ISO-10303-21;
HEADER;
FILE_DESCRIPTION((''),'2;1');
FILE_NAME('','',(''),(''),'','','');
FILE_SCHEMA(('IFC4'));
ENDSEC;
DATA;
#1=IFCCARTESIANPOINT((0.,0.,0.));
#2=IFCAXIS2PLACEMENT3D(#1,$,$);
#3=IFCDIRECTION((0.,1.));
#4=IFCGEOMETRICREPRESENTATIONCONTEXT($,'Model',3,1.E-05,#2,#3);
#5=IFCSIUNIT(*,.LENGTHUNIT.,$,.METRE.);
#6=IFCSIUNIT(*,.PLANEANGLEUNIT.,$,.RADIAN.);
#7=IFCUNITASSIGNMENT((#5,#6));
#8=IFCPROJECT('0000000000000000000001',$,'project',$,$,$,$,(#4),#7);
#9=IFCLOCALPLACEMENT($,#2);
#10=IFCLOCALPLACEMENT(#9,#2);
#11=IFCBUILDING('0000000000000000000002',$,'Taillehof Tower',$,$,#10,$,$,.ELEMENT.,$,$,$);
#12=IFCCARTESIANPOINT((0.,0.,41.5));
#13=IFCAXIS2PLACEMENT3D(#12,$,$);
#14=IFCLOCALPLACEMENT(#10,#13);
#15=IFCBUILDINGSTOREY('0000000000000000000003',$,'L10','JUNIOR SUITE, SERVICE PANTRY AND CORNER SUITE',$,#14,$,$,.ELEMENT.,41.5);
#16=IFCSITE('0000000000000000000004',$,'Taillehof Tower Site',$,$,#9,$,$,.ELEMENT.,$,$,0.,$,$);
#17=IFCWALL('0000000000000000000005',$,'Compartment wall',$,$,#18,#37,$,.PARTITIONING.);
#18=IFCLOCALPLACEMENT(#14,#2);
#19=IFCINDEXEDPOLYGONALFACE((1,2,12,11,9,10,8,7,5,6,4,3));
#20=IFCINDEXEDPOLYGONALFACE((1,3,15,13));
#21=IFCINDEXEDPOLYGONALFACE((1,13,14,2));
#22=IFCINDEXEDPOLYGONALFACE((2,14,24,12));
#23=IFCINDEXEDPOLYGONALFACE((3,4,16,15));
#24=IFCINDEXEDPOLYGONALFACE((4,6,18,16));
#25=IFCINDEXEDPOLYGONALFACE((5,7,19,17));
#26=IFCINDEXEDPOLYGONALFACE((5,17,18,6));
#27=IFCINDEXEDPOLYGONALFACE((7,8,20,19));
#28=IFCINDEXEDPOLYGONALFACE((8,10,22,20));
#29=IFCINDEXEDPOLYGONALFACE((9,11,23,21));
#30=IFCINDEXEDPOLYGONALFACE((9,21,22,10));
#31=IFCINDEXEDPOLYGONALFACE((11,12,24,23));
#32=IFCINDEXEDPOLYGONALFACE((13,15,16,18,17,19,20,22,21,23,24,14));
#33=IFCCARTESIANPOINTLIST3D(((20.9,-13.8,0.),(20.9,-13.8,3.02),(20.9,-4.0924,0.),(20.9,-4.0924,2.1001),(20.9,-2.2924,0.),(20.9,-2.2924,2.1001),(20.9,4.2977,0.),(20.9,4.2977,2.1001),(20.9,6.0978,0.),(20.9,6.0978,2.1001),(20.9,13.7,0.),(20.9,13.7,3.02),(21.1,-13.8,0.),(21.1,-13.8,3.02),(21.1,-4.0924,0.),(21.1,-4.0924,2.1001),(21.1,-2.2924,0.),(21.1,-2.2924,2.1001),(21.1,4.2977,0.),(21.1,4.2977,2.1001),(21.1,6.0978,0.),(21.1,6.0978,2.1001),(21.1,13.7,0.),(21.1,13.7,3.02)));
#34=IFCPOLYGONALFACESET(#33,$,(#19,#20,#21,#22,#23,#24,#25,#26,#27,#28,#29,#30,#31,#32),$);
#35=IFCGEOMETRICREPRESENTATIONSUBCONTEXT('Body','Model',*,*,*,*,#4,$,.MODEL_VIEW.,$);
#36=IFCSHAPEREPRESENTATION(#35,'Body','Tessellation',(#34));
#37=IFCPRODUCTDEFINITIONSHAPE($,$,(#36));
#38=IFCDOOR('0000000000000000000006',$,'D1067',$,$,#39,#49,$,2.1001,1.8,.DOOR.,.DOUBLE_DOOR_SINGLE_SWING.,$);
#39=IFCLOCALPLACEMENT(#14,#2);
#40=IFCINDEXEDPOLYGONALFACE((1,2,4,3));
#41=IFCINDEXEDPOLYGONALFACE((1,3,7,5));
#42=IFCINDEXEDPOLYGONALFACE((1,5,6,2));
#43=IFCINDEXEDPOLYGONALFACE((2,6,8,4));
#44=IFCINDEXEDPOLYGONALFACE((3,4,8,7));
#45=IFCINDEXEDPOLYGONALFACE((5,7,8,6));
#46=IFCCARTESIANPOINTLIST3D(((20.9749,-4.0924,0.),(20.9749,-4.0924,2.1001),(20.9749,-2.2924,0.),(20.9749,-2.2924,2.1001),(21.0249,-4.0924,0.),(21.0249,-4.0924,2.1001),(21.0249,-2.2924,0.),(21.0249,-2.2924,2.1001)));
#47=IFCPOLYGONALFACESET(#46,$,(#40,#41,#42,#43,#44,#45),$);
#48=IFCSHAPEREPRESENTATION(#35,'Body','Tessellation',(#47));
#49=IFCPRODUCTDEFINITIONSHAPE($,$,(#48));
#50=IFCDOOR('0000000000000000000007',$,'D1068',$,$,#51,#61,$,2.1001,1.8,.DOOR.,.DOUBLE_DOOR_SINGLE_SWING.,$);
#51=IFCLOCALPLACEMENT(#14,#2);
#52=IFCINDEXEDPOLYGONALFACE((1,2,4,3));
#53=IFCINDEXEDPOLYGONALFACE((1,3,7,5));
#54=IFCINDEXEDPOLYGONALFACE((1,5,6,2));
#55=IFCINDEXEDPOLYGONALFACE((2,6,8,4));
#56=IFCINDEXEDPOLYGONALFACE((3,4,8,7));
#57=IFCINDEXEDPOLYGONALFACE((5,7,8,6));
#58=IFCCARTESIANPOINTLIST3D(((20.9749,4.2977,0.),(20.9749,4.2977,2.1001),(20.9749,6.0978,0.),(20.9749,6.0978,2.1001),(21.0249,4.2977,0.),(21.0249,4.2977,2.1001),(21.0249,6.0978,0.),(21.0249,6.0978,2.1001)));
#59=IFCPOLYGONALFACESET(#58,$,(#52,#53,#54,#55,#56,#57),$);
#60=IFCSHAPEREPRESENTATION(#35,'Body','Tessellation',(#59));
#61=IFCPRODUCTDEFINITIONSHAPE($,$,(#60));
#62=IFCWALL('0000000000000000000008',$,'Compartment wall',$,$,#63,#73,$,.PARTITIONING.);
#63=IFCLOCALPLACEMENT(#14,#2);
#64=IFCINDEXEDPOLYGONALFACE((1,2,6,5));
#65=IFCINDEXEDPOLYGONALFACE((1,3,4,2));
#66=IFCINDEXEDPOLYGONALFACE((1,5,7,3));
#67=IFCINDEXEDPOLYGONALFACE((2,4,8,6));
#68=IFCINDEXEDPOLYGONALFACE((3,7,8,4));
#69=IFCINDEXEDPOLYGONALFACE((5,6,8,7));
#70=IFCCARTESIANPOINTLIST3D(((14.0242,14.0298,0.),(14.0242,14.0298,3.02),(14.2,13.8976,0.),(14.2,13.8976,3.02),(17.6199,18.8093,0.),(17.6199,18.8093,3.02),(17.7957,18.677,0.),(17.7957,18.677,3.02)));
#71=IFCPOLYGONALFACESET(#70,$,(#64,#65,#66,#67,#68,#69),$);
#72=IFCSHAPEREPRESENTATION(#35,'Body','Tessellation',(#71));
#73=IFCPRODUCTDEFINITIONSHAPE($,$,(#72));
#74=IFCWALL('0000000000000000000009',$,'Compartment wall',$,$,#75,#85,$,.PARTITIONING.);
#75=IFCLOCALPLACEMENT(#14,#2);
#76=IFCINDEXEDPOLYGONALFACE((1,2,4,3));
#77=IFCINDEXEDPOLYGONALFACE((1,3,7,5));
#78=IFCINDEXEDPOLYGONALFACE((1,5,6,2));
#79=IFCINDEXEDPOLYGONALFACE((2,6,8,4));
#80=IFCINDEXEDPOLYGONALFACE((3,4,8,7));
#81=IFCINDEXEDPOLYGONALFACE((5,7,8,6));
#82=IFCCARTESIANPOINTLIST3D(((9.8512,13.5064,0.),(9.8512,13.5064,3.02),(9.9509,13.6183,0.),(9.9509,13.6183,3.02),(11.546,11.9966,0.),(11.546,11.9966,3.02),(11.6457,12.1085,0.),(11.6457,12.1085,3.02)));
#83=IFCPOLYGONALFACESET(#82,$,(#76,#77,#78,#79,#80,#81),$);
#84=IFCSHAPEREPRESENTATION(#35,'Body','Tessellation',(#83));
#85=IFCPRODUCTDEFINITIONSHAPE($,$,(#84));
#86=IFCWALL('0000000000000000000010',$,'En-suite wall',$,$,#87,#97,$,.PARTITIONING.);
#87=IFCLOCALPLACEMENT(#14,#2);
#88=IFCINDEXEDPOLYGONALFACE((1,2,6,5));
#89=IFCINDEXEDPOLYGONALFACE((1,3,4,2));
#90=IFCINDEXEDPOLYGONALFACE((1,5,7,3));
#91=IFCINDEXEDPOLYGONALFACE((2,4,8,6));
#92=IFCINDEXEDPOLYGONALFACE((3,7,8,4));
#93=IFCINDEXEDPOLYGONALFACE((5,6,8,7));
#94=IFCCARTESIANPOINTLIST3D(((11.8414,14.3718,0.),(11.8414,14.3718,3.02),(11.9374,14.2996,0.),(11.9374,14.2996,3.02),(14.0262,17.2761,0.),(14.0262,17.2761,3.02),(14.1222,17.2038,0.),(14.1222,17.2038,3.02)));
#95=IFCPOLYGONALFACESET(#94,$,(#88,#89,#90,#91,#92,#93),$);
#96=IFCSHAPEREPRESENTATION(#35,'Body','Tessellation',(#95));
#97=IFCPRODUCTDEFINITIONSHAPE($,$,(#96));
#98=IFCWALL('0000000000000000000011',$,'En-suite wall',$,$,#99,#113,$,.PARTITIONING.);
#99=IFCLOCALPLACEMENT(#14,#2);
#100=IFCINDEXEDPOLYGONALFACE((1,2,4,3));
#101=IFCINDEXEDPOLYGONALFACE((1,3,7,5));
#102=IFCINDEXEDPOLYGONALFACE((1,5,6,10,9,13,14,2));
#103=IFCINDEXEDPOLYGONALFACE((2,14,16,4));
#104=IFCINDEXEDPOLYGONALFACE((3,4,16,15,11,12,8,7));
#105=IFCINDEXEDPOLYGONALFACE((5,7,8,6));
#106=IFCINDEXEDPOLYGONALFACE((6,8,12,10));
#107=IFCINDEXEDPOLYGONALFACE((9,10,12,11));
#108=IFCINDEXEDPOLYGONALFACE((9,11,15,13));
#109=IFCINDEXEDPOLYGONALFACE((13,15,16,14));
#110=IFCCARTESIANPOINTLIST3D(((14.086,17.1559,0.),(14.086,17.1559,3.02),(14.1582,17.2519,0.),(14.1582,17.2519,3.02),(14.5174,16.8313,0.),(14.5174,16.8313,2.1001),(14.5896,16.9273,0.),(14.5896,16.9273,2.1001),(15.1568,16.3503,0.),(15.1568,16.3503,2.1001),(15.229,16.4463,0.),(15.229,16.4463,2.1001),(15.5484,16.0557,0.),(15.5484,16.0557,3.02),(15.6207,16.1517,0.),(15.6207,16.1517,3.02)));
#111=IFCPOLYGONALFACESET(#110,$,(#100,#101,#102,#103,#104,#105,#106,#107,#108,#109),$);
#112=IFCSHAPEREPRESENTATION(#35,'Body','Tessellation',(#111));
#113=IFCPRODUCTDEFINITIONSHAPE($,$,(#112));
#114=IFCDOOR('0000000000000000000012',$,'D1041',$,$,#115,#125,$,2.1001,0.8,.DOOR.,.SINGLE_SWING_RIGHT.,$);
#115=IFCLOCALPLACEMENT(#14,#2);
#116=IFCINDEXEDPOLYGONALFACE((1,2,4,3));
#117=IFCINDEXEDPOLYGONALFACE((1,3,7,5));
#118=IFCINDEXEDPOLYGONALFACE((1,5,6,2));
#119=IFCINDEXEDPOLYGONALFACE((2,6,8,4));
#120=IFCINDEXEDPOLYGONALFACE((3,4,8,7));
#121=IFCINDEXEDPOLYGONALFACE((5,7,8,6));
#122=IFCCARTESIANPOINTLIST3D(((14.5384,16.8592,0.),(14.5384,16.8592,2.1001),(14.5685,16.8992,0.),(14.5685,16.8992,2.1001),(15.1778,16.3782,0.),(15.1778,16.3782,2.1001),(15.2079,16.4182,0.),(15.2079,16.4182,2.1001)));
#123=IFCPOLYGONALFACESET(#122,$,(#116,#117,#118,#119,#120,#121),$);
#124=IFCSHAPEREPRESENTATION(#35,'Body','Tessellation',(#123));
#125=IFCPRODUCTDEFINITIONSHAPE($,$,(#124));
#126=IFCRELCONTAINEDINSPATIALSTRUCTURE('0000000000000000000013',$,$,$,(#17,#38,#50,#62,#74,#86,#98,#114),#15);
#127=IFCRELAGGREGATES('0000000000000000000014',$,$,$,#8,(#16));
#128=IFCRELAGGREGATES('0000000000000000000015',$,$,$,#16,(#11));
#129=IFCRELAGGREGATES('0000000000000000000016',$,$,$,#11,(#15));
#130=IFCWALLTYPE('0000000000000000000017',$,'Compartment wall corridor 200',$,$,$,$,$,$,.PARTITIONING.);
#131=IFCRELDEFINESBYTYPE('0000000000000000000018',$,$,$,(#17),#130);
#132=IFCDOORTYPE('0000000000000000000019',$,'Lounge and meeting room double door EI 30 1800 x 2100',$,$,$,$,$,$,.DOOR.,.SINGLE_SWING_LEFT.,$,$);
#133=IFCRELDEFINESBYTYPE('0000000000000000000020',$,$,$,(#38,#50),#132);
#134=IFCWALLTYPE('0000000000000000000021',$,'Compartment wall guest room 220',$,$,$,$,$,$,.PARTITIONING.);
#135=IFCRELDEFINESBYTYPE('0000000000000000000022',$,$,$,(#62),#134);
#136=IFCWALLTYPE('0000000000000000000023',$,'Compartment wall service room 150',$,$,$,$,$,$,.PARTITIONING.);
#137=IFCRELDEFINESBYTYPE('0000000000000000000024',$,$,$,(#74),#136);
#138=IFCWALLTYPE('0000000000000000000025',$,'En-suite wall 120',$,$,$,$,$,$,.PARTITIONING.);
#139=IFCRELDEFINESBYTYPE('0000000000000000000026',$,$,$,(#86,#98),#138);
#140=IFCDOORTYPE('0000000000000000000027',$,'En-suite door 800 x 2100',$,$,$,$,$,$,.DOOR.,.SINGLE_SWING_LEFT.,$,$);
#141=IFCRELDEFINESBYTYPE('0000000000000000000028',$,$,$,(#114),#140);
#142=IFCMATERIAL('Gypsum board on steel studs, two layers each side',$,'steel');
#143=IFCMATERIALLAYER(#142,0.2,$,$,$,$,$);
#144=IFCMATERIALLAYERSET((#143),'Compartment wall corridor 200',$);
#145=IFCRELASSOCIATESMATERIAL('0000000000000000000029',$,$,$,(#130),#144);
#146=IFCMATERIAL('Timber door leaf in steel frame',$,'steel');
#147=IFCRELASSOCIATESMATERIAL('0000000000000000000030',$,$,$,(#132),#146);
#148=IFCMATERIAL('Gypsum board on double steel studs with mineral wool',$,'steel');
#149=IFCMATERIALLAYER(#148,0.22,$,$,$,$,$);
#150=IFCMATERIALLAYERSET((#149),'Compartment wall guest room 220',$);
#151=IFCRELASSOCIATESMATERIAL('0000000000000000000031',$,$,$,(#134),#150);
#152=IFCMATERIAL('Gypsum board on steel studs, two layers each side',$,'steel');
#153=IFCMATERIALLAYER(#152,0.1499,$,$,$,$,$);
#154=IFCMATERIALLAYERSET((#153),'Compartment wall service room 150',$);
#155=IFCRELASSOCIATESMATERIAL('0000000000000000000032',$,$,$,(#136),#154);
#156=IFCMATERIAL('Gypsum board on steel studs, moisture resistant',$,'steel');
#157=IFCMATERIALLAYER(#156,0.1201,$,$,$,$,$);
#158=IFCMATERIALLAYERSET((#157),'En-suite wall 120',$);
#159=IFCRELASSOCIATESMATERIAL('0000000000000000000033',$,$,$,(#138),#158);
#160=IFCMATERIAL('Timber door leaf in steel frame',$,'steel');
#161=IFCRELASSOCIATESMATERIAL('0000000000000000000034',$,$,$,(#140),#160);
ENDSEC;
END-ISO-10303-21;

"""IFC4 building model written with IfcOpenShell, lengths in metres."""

from ifc_helpers import new_model, si_unit, direction, frame, frame_2d, origin, place, context, subcontext, project, spatial, rectangle, extrude, material, layer, layer_set, type_object, element, fill, save


model = new_model("IFC4")

# Units and contexts
model_context = context("Model", 3, precision=1e-05, world=origin(), true_north=direction((0.0, 1.0)))
body_context = subcontext(model_context, "Body", "Model", "MODEL_VIEW")
ifc_project = project(units=[si_unit("LENGTHUNIT", "METRE"), si_unit("PLANEANGLEUNIT", "RADIAN")], contexts=[model_context])

# Site, building, storey
site_placement = place(None, origin())
site = spatial("IfcSite", under=ifc_project, at=site_placement, Name="Taillehof Tower Site", CompositionType="ELEMENT", RefElevation=0.0)
building_placement = place(site_placement, origin())
building = spatial("IfcBuilding", under=site, at=building_placement, Name="Taillehof Tower", CompositionType="ELEMENT")
storey_placement = place(building_placement, frame((0.0, 0.0, 41.5)))
storey = spatial("IfcBuildingStorey", under=building, at=storey_placement, Name="L10", Description="JUNIOR SUITE, SERVICE PANTRY AND CORNER SUITE", CompositionType="ELEMENT", Elevation=41.5)

# Shared definitions
ifc_material_1 = material(Name="Gypsum board on steel studs, two layers each side", Category="steel")
ifc_layer_1 = layer(ifc_material_1, 0.2)
ifc_layer_set_1 = layer_set([ifc_layer_1], Name="Compartment wall corridor 200")
wall_type_1 = type_object("IfcWallType", Name="Compartment wall corridor 200", PredefinedType="PARTITIONING", material=ifc_layer_set_1)

# Shared definitions
ifc_material_2 = material(Name="Timber door leaf in steel frame", Category="steel")
door_type_1 = type_object("IfcDoorType", Name="Lounge and meeting room double door EI 30 1800 x 2100", OperationType="SINGLE_SWING_LEFT", PredefinedType="DOOR", material=ifc_material_2)

# Wall, openings, doors
wall_1_placement = place(storey_placement, frame((21.0, 13.7, 0.0), z_axis=(0.0, 0.0, 1.0), x_axis=(0.0, -1.0, 0.0)))
wall_1 = element("IfcWall", 1, at=wall_1_placement, inside=storey, type_object=wall_type_1, Name="Compartment wall", PredefinedType="PARTITIONING", context=body_context, shape_type="SweptSolid", body=[
    extrude(rectangle(XDim=27.5, YDim=0.2, at=frame_2d((13.75, 0.0))), origin(), (0.0, 0.0, 1.0), 3.02),
])
opening_1_placement = place(wall_1_placement, frame((15.9924, 0.0, 0.0)))
opening_1 = element("IfcOpeningElement", 2, at=opening_1_placement, cuts=wall_1, PredefinedType="OPENING", context=body_context, shape_type="SweptSolid", body=[
    extrude(rectangle(XDim=1.8, YDim=2.1001, at=frame_2d((0.8999, 1.05))), frame((0.0, 0.1099, 0.0), z_axis=(0.0, -1.0, 0.0), x_axis=(1.0, 0.0, 0.0)), (0.0, 0.0, 1.0), 0.22),
])
opening_2_placement = place(wall_1_placement, frame((7.6023, 0.0, 0.0)))
opening_2 = element("IfcOpeningElement", 3, at=opening_2_placement, cuts=wall_1, PredefinedType="OPENING", context=body_context, shape_type="SweptSolid", body=[
    extrude(rectangle(XDim=1.8, YDim=2.1001, at=frame_2d((0.8999, 1.05))), frame((0.0, 0.1099, 0.0), z_axis=(0.0, -1.0, 0.0), x_axis=(1.0, 0.0, 0.0)), (0.0, 0.0, 1.0), 0.22),
])
door_1_placement = place(opening_1_placement, origin())
door_1 = element("IfcDoor", 4, at=door_1_placement, inside=storey, type_object=door_type_1, Name="D1067", OperationType="DOUBLE_DOOR_SINGLE_SWING", OverallHeight=2.1001, OverallWidth=1.8, PredefinedType="DOOR", context=body_context, shape_type="SweptSolid", body=[
    extrude(rectangle(XDim=1.8, YDim=2.1001, at=frame_2d((0.8999, 1.05))), frame((0.0, 0.0249, 0.0), z_axis=(0.0, -1.0, 0.0), x_axis=(1.0, 0.0, 0.0)), (0.0, 0.0, 1.0), 0.05),
])
fill(opening_1, door_1)
door_2_placement = place(opening_2_placement, origin())
door_2 = element("IfcDoor", 5, at=door_2_placement, inside=storey, type_object=door_type_1, Name="D1068", OperationType="DOUBLE_DOOR_SINGLE_SWING", OverallHeight=2.1001, OverallWidth=1.8, PredefinedType="DOOR", context=body_context, shape_type="SweptSolid", body=[
    extrude(rectangle(XDim=1.8, YDim=2.1001, at=frame_2d((0.8999, 1.05))), frame((0.0, 0.0249, 0.0), z_axis=(0.0, -1.0, 0.0), x_axis=(1.0, 0.0, 0.0)), (0.0, 0.0, 1.0), 0.05),
])
fill(opening_2, door_2)

# Walls
ifc_material_3 = material(Name="Gypsum board on double steel studs with mineral wool", Category="steel")
ifc_layer_2 = layer(ifc_material_3, 0.22)
ifc_layer_set_2 = layer_set([ifc_layer_2], Name="Compartment wall guest room 220")
wall_type_2 = type_object("IfcWallType", Name="Compartment wall guest room 220", PredefinedType="PARTITIONING", material=ifc_layer_set_2)
wall_2_placement = place(storey_placement, frame((17.7078, 18.7432, 0.0), z_axis=(0.0, 0.0, 1.0), x_axis=(-0.601181, -0.799113, 0.0)))
element("IfcWall", 6, at=wall_2_placement, inside=storey, type_object=wall_type_2, Name="Compartment wall", PredefinedType="PARTITIONING", context=body_context, shape_type="SweptSolid", body=[
    extrude(rectangle(XDim=5.981, YDim=0.22, at=frame_2d((2.9905, 0.0))), origin(), (0.0, 0.0, 1.0), 3.02),
])
ifc_material_4 = material(Name="Gypsum board on steel studs, two layers each side", Category="steel")
ifc_layer_3 = layer(ifc_material_4, 0.1499)
ifc_layer_set_3 = layer_set([ifc_layer_3], Name="Compartment wall service room 150")
wall_type_3 = type_object("IfcWallType", Name="Compartment wall service room 150", PredefinedType="PARTITIONING", material=ifc_layer_set_3)
wall_3_placement = place(storey_placement, frame((9.9011, 13.5623, 0.0), z_axis=(0.0, 0.0, 1.0), x_axis=(0.746697, -0.665165, 0.0)))
element("IfcWall", 7, at=wall_3_placement, inside=storey, type_object=wall_type_3, Name="Compartment wall", PredefinedType="PARTITIONING", context=body_context, shape_type="SweptSolid", body=[
    extrude(rectangle(XDim=2.2698, YDim=0.1499, at=frame_2d((1.1348, 0.0))), origin(), (0.0, 0.0, 1.0), 3.02),
])
ifc_material_5 = material(Name="Gypsum board on steel studs, moisture resistant", Category="steel")
ifc_layer_4 = layer(ifc_material_5, 0.1201)
ifc_layer_set_4 = layer_set([ifc_layer_4], Name="En-suite wall 120")
wall_type_4 = type_object("IfcWallType", Name="En-suite wall 120", PredefinedType="PARTITIONING", material=ifc_layer_set_4)
wall_4_placement = place(storey_placement, frame((11.8894, 14.3357, 0.0), z_axis=(0.0, 0.0, 1.0), x_axis=(0.60116, 0.799129, 0.0)))
element("IfcWall", 8, at=wall_4_placement, inside=storey, type_object=wall_type_4, Name="En-suite wall", PredefinedType="PARTITIONING", context=body_context, shape_type="SweptSolid", body=[
    extrude(rectangle(XDim=3.6343, YDim=0.1201, at=frame_2d((1.8171, 0.0))), origin(), (0.0, 0.0, 1.0), 3.02),
])

# Wall, opening, door
wall_5_placement = place(storey_placement, frame((14.1221, 17.2039, 0.0), z_axis=(0.0, 0.0, 1.0), x_axis=(0.799135, -0.601152, 0.0)))
wall_5 = element("IfcWall", 9, at=wall_5_placement, inside=storey, type_object=wall_type_4, Name="En-suite wall", PredefinedType="PARTITIONING", context=body_context, shape_type="SweptSolid", body=[
    extrude(rectangle(XDim=1.8301, YDim=0.1201, at=frame_2d((0.915, 0.0))), origin(), (0.0, 0.0, 1.0), 3.02),
])
opening_3_placement = place(wall_5_placement, frame((0.54, 0.0, 0.0)))
opening_3 = element("IfcOpeningElement", 10, at=opening_3_placement, cuts=wall_5, PredefinedType="OPENING", context=body_context, shape_type="SweptSolid", body=[
    extrude(rectangle(XDim=0.8, YDim=2.1001, at=frame_2d((0.3999, 1.05))), frame((0.0, 0.0701, 0.0), z_axis=(0.0, -1.0, 0.0), x_axis=(1.0, 0.0, 0.0)), (0.0, 0.0, 1.0), 0.1401),
])
ifc_material_6 = material(Name="Timber door leaf in steel frame", Category="steel")
door_type_2 = type_object("IfcDoorType", Name="En-suite door 800 x 2100", OperationType="SINGLE_SWING_LEFT", PredefinedType="DOOR", material=ifc_material_6)
door_3_placement = place(opening_3_placement, origin())
door_3 = element("IfcDoor", 11, at=door_3_placement, inside=storey, type_object=door_type_2, Name="D1041", OperationType="SINGLE_SWING_RIGHT", OverallHeight=2.1001, OverallWidth=0.8, PredefinedType="DOOR", context=body_context, shape_type="SweptSolid", body=[
    extrude(rectangle(XDim=0.8, YDim=2.1001, at=frame_2d((0.3999, 1.05))), frame((0.0, 0.0249, 0.0), z_axis=(0.0, -1.0, 0.0), x_axis=(1.0, 0.0, 0.0)), (0.0, 0.0, 1.0), 0.05),
])
fill(opening_3, door_3)

save(model, "model.ifc")
